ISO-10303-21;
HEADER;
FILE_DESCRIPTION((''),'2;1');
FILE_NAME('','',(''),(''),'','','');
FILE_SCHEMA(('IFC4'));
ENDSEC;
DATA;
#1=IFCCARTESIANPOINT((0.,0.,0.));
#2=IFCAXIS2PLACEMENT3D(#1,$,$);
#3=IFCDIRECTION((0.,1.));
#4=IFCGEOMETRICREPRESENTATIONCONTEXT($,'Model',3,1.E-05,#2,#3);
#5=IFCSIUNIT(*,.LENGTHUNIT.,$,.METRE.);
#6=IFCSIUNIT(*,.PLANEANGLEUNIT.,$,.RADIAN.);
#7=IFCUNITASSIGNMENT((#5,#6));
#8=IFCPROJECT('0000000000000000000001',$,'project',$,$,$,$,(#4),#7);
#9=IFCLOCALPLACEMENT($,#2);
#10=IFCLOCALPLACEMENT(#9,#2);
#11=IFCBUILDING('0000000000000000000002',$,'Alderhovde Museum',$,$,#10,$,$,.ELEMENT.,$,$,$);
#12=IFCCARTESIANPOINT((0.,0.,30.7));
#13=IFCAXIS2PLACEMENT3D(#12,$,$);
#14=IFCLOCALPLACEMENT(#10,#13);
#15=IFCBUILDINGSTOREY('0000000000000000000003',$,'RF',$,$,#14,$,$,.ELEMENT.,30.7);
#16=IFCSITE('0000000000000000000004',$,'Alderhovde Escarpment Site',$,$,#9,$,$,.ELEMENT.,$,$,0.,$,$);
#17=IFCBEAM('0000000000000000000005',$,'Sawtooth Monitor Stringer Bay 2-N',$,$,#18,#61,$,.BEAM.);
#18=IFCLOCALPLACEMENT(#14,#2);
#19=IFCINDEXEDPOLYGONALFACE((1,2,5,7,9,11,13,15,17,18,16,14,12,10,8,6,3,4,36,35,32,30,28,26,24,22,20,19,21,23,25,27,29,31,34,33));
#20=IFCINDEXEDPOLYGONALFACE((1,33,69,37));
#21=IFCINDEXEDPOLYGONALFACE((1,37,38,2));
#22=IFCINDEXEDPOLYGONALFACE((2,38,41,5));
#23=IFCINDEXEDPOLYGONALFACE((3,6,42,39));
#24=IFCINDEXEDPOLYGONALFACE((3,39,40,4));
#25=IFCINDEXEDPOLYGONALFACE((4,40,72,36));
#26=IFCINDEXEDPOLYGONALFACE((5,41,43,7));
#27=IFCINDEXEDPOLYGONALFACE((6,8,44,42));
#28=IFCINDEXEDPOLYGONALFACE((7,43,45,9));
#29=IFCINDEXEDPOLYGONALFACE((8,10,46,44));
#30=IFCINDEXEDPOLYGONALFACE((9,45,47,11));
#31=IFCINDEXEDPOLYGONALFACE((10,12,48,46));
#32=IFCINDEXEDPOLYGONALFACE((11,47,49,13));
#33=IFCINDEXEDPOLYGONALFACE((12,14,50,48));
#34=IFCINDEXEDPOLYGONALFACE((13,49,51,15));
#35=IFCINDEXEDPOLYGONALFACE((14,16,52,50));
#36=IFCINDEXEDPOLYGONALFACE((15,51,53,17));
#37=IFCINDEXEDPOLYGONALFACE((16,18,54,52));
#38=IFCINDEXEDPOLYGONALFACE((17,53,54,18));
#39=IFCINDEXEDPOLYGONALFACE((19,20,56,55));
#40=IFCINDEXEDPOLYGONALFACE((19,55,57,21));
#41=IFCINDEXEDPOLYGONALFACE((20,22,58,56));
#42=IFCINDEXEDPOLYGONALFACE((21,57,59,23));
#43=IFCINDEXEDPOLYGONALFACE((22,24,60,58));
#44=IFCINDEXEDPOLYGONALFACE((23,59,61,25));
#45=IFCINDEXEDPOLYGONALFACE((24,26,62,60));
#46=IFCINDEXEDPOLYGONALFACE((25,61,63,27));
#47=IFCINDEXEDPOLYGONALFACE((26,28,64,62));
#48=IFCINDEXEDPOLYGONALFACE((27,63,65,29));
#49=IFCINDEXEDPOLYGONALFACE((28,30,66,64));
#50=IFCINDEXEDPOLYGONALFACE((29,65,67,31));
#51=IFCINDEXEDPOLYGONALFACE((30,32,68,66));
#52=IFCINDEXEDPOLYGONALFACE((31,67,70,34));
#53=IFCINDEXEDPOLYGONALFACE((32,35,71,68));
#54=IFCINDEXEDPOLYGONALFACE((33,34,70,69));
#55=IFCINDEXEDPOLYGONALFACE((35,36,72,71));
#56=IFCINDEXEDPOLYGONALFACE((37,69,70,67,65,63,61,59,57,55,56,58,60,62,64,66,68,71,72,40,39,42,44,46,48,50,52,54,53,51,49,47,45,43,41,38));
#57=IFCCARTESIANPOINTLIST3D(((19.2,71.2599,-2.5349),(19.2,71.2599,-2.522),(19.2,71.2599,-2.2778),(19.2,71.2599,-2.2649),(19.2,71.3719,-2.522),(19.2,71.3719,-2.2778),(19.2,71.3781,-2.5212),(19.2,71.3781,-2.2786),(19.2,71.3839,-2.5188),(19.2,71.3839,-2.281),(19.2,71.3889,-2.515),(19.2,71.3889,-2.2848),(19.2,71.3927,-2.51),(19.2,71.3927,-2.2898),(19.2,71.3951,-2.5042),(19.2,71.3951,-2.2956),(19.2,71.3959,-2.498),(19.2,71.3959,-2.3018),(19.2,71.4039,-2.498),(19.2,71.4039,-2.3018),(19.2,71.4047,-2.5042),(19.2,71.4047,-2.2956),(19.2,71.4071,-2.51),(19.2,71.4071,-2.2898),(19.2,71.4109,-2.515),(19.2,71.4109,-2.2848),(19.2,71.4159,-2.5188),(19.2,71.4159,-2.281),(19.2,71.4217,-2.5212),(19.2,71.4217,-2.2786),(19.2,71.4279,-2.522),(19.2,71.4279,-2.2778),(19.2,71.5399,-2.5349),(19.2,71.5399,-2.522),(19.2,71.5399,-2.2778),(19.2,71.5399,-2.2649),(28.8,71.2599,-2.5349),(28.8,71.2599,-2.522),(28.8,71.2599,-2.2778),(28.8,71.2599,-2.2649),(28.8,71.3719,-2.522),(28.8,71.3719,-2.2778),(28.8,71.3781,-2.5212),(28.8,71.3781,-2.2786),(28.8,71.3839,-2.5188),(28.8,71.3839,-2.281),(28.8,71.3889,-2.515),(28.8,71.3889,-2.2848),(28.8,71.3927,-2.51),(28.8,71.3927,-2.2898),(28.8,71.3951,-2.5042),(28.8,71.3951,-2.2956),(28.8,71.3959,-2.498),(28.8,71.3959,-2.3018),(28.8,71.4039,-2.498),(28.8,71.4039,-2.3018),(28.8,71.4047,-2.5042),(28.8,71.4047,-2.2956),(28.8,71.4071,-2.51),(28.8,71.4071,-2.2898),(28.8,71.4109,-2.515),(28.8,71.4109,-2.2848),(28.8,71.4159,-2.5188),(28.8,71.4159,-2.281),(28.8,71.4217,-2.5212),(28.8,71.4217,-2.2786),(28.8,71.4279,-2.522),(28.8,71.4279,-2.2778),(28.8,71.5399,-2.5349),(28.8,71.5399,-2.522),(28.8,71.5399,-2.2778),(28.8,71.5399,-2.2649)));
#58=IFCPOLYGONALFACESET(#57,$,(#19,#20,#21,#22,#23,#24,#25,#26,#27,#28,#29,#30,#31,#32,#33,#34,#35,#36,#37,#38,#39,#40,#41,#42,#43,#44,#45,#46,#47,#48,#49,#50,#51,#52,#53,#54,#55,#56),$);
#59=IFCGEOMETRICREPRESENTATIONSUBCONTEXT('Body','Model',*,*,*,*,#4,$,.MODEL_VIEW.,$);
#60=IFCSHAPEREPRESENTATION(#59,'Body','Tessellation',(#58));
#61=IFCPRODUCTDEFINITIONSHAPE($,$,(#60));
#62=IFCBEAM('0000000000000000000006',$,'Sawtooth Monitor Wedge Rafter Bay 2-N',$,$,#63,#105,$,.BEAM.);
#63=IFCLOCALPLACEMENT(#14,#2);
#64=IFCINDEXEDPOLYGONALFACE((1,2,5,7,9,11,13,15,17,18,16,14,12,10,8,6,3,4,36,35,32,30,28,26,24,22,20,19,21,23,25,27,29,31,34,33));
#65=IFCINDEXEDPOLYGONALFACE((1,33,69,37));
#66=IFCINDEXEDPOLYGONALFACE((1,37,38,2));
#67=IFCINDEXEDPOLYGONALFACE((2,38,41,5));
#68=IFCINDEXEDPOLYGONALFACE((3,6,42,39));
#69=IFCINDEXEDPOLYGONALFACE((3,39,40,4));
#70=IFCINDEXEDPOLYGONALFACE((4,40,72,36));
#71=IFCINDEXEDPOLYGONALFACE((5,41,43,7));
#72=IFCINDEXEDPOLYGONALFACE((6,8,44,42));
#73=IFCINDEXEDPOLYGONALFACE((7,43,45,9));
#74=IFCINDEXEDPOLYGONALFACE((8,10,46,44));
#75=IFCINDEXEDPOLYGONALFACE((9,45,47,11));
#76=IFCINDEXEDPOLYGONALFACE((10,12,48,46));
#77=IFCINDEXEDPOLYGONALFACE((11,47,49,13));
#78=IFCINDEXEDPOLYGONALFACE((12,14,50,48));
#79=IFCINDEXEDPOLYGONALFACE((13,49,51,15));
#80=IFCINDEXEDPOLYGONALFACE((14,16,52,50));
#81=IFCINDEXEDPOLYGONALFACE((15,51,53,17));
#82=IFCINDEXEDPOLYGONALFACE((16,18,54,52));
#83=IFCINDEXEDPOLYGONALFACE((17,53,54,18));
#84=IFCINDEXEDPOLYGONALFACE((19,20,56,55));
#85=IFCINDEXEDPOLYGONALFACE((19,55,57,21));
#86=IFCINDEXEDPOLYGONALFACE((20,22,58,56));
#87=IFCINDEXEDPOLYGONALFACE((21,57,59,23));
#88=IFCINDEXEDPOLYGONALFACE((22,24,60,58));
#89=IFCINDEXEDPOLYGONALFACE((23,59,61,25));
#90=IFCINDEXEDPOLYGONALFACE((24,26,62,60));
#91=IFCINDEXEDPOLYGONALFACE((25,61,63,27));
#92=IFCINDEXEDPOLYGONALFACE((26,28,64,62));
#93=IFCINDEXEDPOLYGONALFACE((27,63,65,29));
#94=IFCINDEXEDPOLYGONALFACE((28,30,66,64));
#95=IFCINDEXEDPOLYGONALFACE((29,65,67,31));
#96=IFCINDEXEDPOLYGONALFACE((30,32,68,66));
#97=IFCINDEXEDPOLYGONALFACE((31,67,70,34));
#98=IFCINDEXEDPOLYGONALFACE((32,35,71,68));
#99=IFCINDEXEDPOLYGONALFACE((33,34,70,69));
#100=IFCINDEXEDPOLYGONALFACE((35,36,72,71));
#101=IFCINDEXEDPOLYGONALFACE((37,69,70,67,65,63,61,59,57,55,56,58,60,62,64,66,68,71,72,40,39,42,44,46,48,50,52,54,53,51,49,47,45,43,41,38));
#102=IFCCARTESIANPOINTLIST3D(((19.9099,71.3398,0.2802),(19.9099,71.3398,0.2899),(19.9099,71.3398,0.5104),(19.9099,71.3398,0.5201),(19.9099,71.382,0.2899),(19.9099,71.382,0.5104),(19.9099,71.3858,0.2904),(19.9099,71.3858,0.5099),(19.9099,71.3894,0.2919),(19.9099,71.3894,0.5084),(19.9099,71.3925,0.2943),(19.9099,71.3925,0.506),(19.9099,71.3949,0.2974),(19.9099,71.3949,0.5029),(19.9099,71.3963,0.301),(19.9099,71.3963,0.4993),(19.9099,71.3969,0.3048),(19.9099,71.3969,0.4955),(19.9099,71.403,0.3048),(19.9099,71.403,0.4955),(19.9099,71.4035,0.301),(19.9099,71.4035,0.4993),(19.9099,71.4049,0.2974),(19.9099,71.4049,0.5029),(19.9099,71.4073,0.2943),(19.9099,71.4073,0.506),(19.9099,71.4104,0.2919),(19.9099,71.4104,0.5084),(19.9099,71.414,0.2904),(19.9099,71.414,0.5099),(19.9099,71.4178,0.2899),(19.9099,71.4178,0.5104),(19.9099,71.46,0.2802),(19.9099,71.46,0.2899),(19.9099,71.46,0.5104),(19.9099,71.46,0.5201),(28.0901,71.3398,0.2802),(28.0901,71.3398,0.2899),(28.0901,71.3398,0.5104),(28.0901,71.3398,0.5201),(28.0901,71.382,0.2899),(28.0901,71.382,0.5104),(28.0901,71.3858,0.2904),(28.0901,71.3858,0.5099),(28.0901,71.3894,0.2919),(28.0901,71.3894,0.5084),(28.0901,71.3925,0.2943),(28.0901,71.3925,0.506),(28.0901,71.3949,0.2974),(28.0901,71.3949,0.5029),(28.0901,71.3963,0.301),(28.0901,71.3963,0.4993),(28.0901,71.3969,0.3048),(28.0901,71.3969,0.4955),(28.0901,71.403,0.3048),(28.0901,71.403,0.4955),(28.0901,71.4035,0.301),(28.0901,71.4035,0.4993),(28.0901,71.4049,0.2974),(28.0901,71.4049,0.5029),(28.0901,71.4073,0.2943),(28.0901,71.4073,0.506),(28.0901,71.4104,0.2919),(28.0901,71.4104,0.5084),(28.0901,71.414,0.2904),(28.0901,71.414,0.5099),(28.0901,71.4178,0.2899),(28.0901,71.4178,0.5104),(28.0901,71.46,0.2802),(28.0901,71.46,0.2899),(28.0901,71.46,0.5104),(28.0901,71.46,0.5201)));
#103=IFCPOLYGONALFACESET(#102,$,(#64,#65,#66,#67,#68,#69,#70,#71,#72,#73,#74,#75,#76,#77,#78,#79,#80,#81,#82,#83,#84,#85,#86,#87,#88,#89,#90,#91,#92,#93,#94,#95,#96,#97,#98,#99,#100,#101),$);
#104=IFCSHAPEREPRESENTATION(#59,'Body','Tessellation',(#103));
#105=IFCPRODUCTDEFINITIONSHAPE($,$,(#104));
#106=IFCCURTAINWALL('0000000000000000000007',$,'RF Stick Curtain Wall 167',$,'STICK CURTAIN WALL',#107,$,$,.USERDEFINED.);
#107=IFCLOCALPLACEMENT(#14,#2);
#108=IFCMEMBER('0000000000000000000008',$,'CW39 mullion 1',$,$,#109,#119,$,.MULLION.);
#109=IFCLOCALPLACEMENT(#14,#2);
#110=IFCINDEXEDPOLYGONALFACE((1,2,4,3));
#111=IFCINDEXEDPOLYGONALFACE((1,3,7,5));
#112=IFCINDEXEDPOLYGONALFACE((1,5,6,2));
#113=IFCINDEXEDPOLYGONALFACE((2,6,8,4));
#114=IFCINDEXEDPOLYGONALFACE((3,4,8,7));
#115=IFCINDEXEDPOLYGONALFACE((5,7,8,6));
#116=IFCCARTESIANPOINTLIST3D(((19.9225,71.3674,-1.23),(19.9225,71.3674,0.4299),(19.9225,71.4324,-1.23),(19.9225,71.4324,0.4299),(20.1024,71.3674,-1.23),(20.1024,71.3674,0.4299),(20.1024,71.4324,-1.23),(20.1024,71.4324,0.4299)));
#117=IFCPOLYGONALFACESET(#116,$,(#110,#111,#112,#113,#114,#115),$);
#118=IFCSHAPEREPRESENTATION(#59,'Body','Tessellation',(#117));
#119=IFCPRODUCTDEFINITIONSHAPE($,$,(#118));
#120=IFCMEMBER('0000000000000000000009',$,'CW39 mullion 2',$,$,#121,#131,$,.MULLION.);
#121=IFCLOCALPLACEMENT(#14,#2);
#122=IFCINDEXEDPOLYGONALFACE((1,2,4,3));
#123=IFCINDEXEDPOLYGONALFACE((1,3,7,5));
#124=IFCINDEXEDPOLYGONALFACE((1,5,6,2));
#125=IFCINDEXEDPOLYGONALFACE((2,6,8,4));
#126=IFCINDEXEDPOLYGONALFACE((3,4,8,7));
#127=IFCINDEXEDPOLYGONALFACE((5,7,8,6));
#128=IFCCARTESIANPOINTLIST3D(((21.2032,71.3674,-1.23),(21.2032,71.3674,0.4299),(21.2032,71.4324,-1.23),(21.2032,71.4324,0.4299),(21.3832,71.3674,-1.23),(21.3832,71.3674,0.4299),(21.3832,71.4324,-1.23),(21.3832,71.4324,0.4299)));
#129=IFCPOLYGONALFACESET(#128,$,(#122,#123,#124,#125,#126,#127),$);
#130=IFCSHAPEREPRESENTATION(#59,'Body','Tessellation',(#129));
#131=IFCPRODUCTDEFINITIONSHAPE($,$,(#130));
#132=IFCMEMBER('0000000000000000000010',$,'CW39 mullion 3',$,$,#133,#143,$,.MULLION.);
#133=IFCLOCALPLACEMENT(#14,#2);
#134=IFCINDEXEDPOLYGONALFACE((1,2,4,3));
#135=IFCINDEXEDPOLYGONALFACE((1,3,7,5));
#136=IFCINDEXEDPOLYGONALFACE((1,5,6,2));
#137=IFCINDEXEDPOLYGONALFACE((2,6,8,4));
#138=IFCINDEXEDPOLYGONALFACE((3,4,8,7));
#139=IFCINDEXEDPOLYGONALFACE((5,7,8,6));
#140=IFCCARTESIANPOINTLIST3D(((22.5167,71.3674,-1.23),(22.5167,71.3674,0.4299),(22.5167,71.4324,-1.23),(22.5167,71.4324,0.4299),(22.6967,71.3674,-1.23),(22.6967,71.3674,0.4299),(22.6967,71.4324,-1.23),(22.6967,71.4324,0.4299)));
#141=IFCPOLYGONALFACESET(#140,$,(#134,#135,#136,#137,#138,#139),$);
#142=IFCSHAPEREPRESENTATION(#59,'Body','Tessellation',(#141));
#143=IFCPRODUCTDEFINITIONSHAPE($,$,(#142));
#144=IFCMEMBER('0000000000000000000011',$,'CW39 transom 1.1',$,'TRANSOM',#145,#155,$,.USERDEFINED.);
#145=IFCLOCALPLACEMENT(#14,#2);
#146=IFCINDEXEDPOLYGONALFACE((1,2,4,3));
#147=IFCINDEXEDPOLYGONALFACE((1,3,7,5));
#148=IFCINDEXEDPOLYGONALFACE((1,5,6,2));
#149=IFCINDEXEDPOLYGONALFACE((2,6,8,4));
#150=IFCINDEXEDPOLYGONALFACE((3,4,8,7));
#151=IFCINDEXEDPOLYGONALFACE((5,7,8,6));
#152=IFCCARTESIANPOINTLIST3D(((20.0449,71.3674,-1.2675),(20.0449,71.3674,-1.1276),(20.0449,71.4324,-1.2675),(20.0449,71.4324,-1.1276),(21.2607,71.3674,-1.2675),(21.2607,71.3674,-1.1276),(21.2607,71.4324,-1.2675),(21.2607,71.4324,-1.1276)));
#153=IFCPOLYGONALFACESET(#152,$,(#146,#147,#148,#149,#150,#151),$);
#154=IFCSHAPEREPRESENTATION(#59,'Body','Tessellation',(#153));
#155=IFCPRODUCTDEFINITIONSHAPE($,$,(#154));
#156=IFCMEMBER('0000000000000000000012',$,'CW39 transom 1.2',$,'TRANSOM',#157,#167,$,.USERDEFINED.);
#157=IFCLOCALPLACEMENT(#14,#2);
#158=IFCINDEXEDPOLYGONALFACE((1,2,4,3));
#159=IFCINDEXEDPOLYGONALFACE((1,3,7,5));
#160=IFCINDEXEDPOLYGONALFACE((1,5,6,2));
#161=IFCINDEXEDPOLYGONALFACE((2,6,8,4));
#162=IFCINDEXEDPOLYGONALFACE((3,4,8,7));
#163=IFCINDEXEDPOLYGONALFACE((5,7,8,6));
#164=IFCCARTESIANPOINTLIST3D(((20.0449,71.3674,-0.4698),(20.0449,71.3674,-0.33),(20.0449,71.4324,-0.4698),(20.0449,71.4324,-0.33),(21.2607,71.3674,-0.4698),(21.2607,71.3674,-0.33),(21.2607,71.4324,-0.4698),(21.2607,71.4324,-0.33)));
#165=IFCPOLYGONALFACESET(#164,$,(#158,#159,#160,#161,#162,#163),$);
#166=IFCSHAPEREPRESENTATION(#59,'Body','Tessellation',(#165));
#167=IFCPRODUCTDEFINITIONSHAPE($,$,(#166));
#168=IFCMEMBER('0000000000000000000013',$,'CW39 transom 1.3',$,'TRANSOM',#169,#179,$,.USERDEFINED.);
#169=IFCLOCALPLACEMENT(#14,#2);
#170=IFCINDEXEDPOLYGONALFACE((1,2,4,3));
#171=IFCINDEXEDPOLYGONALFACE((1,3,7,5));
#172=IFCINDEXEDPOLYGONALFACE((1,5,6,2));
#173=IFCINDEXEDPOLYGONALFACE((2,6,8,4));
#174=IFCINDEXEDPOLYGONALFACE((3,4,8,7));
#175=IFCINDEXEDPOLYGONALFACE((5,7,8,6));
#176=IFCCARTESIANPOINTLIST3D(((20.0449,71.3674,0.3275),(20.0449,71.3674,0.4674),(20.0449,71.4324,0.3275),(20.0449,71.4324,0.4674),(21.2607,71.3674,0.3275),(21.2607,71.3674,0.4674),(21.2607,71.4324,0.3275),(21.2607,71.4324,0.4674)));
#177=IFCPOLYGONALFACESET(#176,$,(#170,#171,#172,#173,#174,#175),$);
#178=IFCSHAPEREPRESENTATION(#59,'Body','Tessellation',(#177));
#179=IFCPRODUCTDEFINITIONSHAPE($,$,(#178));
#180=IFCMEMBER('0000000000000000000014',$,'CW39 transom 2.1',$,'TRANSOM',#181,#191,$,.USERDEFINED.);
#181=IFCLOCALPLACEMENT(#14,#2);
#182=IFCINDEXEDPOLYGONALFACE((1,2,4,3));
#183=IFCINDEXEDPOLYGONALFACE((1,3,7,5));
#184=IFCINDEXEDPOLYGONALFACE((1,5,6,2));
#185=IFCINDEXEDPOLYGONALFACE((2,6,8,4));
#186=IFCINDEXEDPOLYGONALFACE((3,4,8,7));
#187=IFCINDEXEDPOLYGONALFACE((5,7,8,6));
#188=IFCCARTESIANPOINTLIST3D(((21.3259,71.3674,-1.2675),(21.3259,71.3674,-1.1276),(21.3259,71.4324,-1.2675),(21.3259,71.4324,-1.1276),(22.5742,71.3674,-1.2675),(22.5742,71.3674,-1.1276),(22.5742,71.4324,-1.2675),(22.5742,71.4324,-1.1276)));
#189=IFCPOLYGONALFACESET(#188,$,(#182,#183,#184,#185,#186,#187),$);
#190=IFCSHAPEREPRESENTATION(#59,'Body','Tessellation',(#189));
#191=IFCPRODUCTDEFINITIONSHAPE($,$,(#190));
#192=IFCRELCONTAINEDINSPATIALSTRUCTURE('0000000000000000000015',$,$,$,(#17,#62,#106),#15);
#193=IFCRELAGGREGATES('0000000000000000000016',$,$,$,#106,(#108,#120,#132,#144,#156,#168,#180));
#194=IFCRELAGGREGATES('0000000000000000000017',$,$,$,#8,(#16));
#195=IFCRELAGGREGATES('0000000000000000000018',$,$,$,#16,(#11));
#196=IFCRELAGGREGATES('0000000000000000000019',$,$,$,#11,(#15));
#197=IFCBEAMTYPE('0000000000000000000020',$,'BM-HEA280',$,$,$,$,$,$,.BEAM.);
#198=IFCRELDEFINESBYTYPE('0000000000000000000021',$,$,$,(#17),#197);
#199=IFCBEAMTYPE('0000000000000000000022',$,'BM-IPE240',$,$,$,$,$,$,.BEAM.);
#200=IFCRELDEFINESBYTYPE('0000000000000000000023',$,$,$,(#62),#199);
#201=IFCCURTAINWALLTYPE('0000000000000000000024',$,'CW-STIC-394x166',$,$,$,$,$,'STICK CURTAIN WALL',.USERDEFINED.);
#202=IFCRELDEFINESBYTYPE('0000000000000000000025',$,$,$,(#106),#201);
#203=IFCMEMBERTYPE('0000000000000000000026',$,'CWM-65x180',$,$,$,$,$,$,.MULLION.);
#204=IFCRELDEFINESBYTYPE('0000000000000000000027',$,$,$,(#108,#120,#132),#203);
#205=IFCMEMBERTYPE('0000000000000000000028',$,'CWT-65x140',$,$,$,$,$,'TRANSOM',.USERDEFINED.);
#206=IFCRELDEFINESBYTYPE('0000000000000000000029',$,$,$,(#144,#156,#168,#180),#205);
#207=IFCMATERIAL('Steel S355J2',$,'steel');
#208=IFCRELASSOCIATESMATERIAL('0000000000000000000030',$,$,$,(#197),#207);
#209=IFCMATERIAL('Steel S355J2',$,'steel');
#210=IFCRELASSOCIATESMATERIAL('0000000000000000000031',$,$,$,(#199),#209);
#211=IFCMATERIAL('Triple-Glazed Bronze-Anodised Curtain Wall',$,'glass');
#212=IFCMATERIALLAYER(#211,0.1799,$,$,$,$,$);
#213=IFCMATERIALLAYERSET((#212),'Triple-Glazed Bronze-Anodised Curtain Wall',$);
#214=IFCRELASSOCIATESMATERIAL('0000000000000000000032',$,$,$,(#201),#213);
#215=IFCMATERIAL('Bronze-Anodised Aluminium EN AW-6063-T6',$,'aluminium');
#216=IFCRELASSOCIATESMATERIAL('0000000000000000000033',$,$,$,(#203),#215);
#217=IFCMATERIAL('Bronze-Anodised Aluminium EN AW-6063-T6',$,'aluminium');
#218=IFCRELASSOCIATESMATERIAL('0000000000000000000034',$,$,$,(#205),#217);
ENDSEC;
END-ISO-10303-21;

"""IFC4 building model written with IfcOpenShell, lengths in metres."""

from ifc_helpers import new_model, si_unit, direction, frame, origin, origin_2d, place, context, subcontext, project, spatial, rectangle, i_section, extrude, material, layer, layer_set, material_profile, profile_set, type_object, element, aggregate, save


model = new_model("IFC4")

# Units and contexts
model_context = context("Model", 3, precision=1e-05, world=origin(), true_north=direction((0.0, 1.0)))
body_context = subcontext(model_context, "Body", "Model", "MODEL_VIEW")
ifc_project = project(units=[si_unit("LENGTHUNIT", "METRE"), si_unit("PLANEANGLEUNIT", "RADIAN")], contexts=[model_context])

# Site, building, storey
site_placement = place(None, origin())
site = spatial("IfcSite", under=ifc_project, at=site_placement, Name="Alderhovde Escarpment Site", CompositionType="ELEMENT", RefElevation=0.0)
building_placement = place(site_placement, origin())
building = spatial("IfcBuilding", under=site, at=building_placement, Name="Alderhovde Museum", CompositionType="ELEMENT")
storey_placement = place(building_placement, frame((0.0, 0.0, 30.7)))
storey = spatial("IfcBuildingStorey", under=building, at=storey_placement, Name="RF", CompositionType="ELEMENT", Elevation=30.7)

# Beams
ifc_material_1 = material(Name="Steel S355J2", Category="steel")
ifc_material_profile_1 = material_profile(ifc_material_1, i_section(OverallWidth=0.28, OverallDepth=0.27, WebThickness=0.0081, FlangeThickness=0.0129, FilletRadius=0.0239, at=origin_2d()), Name="HEA 280")
ifc_profile_set_1 = profile_set([ifc_material_profile_1], Name="Steel S355J2")
beam_type_1 = type_object("IfcBeamType", Name="BM-HEA280", PredefinedType="BEAM", material=ifc_profile_set_1)
beam_1_placement = place(storey_placement, frame((19.2, 71.3999, -2.3999), z_axis=(1.0, 0.0, 0.0), x_axis=(0.0, 1.0, 0.0)))
element("IfcBeam", 1, at=beam_1_placement, inside=storey, type_object=beam_type_1, Name="Sawtooth Monitor Stringer Bay 2-N", PredefinedType="BEAM", context=body_context, shape_type="SweptSolid", body=[
    extrude(i_section(OverallWidth=0.28, OverallDepth=0.27, WebThickness=0.0081, FlangeThickness=0.0129, FilletRadius=0.0239, at=origin_2d()), origin(), (0.0, 0.0, 1.0), 9.6001),
])
ifc_material_2 = material(Name="Steel S355J2", Category="steel")
ifc_material_profile_2 = material_profile(ifc_material_2, i_section(OverallWidth=0.1201, OverallDepth=0.24, WebThickness=0.0061, FlangeThickness=0.0098, FilletRadius=0.0149, at=origin_2d()), Name="IPE 240")
ifc_profile_set_2 = profile_set([ifc_material_profile_2], Name="Steel S355J2")
beam_type_2 = type_object("IfcBeamType", Name="BM-IPE240", PredefinedType="BEAM", material=ifc_profile_set_2)
beam_2_placement = place(storey_placement, frame((19.9099, 71.3999, 0.4001), z_axis=(1.0, 0.0, 0.0), x_axis=(0.0, 1.0, 0.0)))
element("IfcBeam", 2, at=beam_2_placement, inside=storey, type_object=beam_type_2, Name="Sawtooth Monitor Wedge Rafter Bay 2-N", PredefinedType="BEAM", context=body_context, shape_type="SweptSolid", body=[
    extrude(i_section(OverallWidth=0.1201, OverallDepth=0.24, WebThickness=0.0061, FlangeThickness=0.0098, FilletRadius=0.0149, at=origin_2d()), origin(), (0.0, 0.0, 1.0), 8.1802),
])

# Curtain wall, members
ifc_material_3 = material(Name="Triple-Glazed Bronze-Anodised Curtain Wall", Category="glass")
ifc_layer_1 = layer(ifc_material_3, 0.1799)
ifc_layer_set_1 = layer_set([ifc_layer_1], Name="Triple-Glazed Bronze-Anodised Curtain Wall")
curtain_wall_type = type_object("IfcCurtainWallType", Name="CW-STIC-394x166", ElementType="STICK CURTAIN WALL", PredefinedType="USERDEFINED", material=ifc_layer_set_1)
curtain_wall_placement = place(storey_placement, origin())
curtain_wall = element("IfcCurtainWall", 3, at=curtain_wall_placement, inside=storey, type_object=curtain_wall_type, Name="RF Stick Curtain Wall 167", ObjectType="STICK CURTAIN WALL", PredefinedType="USERDEFINED")
ifc_material_4 = material(Name="Bronze-Anodised Aluminium EN AW-6063-T6", Category="aluminium")
ifc_material_profile_3 = material_profile(ifc_material_4, rectangle(XDim=0.0649, YDim=0.1799, at=origin_2d()), Name="MULLION 65x180")
ifc_profile_set_3 = profile_set([ifc_material_profile_3], Name="Bronze-Anodised Aluminium EN AW-6063-T6")
member_type_1 = type_object("IfcMemberType", Name="CWM-65x180", PredefinedType="MULLION", material=ifc_profile_set_3)
member_1_placement = place(storey_placement, frame((20.0125, 71.3999, -1.23), z_axis=(0.0, 0.0, 1.0), x_axis=(0.0, 1.0, 0.0)))
member_1 = element("IfcMember", 4, at=member_1_placement, type_object=member_type_1, Name="CW39 mullion 1", PredefinedType="MULLION", context=body_context, shape_type="SweptSolid", body=[
    extrude(rectangle(XDim=0.0649, YDim=0.1799, at=origin_2d()), origin(), (0.0, 0.0, 1.0), 1.6599),
])
member_2_placement = place(storey_placement, frame((21.2932, 71.3999, -1.23), z_axis=(0.0, 0.0, 1.0), x_axis=(0.0, 1.0, 0.0)))
member_2 = element("IfcMember", 5, at=member_2_placement, type_object=member_type_1, Name="CW39 mullion 2", PredefinedType="MULLION", context=body_context, shape_type="SweptSolid", body=[
    extrude(rectangle(XDim=0.0649, YDim=0.1799, at=origin_2d()), origin(), (0.0, 0.0, 1.0), 1.6599),
])
member_3_placement = place(storey_placement, frame((22.6067, 71.3999, -1.23), z_axis=(0.0, 0.0, 1.0), x_axis=(0.0, 1.0, 0.0)))
member_3 = element("IfcMember", 6, at=member_3_placement, type_object=member_type_1, Name="CW39 mullion 3", PredefinedType="MULLION", context=body_context, shape_type="SweptSolid", body=[
    extrude(rectangle(XDim=0.0649, YDim=0.1799, at=origin_2d()), origin(), (0.0, 0.0, 1.0), 1.6599),
])
ifc_material_5 = material(Name="Bronze-Anodised Aluminium EN AW-6063-T6", Category="aluminium")
ifc_material_profile_4 = material_profile(ifc_material_5, rectangle(XDim=0.0649, YDim=0.1399, at=origin_2d()), Name="TRANSOM 65x140")
ifc_profile_set_4 = profile_set([ifc_material_profile_4], Name="Bronze-Anodised Aluminium EN AW-6063-T6")
member_type_2 = type_object("IfcMemberType", Name="CWT-65x140", ElementType="TRANSOM", PredefinedType="USERDEFINED", material=ifc_profile_set_4)
member_4_placement = place(storey_placement, frame((20.0449, 71.3999, -1.1975), z_axis=(1.0, 0.0, 0.0), x_axis=(0.0, 1.0, 0.0)))
member_4 = element("IfcMember", 7, at=member_4_placement, type_object=member_type_2, Name="CW39 transom 1.1", ObjectType="TRANSOM", PredefinedType="USERDEFINED", context=body_context, shape_type="SweptSolid", body=[
    extrude(rectangle(XDim=0.0649, YDim=0.1399, at=origin_2d()), origin(), (0.0, 0.0, 1.0), 1.2158),
])
member_5_placement = place(storey_placement, frame((20.0449, 71.3999, -0.3999), z_axis=(1.0, 0.0, 0.0), x_axis=(0.0, 1.0, 0.0)))
member_5 = element("IfcMember", 8, at=member_5_placement, type_object=member_type_2, Name="CW39 transom 1.2", ObjectType="TRANSOM", PredefinedType="USERDEFINED", context=body_context, shape_type="SweptSolid", body=[
    extrude(rectangle(XDim=0.0649, YDim=0.1399, at=origin_2d()), origin(), (0.0, 0.0, 1.0), 1.2158),
])
member_6_placement = place(storey_placement, frame((20.0449, 71.3999, 0.3975), z_axis=(1.0, 0.0, 0.0), x_axis=(0.0, 1.0, 0.0)))
member_6 = element("IfcMember", 9, at=member_6_placement, type_object=member_type_2, Name="CW39 transom 1.3", ObjectType="TRANSOM", PredefinedType="USERDEFINED", context=body_context, shape_type="SweptSolid", body=[
    extrude(rectangle(XDim=0.0649, YDim=0.1399, at=origin_2d()), origin(), (0.0, 0.0, 1.0), 1.2158),
])
member_7_placement = place(storey_placement, frame((21.3259, 71.3999, -1.1975), z_axis=(1.0, 0.0, 0.0), x_axis=(0.0, 1.0, 0.0)))
member_7 = element("IfcMember", 10, at=member_7_placement, type_object=member_type_2, Name="CW39 transom 2.1", ObjectType="TRANSOM", PredefinedType="USERDEFINED", context=body_context, shape_type="SweptSolid", body=[
    extrude(rectangle(XDim=0.0649, YDim=0.1399, at=origin_2d()), origin(), (0.0, 0.0, 1.0), 1.2483),
])

aggregate(curtain_wall, [member_1, member_2, member_3, member_4, member_5, member_6, member_7])

save(model, "model.ifc")
